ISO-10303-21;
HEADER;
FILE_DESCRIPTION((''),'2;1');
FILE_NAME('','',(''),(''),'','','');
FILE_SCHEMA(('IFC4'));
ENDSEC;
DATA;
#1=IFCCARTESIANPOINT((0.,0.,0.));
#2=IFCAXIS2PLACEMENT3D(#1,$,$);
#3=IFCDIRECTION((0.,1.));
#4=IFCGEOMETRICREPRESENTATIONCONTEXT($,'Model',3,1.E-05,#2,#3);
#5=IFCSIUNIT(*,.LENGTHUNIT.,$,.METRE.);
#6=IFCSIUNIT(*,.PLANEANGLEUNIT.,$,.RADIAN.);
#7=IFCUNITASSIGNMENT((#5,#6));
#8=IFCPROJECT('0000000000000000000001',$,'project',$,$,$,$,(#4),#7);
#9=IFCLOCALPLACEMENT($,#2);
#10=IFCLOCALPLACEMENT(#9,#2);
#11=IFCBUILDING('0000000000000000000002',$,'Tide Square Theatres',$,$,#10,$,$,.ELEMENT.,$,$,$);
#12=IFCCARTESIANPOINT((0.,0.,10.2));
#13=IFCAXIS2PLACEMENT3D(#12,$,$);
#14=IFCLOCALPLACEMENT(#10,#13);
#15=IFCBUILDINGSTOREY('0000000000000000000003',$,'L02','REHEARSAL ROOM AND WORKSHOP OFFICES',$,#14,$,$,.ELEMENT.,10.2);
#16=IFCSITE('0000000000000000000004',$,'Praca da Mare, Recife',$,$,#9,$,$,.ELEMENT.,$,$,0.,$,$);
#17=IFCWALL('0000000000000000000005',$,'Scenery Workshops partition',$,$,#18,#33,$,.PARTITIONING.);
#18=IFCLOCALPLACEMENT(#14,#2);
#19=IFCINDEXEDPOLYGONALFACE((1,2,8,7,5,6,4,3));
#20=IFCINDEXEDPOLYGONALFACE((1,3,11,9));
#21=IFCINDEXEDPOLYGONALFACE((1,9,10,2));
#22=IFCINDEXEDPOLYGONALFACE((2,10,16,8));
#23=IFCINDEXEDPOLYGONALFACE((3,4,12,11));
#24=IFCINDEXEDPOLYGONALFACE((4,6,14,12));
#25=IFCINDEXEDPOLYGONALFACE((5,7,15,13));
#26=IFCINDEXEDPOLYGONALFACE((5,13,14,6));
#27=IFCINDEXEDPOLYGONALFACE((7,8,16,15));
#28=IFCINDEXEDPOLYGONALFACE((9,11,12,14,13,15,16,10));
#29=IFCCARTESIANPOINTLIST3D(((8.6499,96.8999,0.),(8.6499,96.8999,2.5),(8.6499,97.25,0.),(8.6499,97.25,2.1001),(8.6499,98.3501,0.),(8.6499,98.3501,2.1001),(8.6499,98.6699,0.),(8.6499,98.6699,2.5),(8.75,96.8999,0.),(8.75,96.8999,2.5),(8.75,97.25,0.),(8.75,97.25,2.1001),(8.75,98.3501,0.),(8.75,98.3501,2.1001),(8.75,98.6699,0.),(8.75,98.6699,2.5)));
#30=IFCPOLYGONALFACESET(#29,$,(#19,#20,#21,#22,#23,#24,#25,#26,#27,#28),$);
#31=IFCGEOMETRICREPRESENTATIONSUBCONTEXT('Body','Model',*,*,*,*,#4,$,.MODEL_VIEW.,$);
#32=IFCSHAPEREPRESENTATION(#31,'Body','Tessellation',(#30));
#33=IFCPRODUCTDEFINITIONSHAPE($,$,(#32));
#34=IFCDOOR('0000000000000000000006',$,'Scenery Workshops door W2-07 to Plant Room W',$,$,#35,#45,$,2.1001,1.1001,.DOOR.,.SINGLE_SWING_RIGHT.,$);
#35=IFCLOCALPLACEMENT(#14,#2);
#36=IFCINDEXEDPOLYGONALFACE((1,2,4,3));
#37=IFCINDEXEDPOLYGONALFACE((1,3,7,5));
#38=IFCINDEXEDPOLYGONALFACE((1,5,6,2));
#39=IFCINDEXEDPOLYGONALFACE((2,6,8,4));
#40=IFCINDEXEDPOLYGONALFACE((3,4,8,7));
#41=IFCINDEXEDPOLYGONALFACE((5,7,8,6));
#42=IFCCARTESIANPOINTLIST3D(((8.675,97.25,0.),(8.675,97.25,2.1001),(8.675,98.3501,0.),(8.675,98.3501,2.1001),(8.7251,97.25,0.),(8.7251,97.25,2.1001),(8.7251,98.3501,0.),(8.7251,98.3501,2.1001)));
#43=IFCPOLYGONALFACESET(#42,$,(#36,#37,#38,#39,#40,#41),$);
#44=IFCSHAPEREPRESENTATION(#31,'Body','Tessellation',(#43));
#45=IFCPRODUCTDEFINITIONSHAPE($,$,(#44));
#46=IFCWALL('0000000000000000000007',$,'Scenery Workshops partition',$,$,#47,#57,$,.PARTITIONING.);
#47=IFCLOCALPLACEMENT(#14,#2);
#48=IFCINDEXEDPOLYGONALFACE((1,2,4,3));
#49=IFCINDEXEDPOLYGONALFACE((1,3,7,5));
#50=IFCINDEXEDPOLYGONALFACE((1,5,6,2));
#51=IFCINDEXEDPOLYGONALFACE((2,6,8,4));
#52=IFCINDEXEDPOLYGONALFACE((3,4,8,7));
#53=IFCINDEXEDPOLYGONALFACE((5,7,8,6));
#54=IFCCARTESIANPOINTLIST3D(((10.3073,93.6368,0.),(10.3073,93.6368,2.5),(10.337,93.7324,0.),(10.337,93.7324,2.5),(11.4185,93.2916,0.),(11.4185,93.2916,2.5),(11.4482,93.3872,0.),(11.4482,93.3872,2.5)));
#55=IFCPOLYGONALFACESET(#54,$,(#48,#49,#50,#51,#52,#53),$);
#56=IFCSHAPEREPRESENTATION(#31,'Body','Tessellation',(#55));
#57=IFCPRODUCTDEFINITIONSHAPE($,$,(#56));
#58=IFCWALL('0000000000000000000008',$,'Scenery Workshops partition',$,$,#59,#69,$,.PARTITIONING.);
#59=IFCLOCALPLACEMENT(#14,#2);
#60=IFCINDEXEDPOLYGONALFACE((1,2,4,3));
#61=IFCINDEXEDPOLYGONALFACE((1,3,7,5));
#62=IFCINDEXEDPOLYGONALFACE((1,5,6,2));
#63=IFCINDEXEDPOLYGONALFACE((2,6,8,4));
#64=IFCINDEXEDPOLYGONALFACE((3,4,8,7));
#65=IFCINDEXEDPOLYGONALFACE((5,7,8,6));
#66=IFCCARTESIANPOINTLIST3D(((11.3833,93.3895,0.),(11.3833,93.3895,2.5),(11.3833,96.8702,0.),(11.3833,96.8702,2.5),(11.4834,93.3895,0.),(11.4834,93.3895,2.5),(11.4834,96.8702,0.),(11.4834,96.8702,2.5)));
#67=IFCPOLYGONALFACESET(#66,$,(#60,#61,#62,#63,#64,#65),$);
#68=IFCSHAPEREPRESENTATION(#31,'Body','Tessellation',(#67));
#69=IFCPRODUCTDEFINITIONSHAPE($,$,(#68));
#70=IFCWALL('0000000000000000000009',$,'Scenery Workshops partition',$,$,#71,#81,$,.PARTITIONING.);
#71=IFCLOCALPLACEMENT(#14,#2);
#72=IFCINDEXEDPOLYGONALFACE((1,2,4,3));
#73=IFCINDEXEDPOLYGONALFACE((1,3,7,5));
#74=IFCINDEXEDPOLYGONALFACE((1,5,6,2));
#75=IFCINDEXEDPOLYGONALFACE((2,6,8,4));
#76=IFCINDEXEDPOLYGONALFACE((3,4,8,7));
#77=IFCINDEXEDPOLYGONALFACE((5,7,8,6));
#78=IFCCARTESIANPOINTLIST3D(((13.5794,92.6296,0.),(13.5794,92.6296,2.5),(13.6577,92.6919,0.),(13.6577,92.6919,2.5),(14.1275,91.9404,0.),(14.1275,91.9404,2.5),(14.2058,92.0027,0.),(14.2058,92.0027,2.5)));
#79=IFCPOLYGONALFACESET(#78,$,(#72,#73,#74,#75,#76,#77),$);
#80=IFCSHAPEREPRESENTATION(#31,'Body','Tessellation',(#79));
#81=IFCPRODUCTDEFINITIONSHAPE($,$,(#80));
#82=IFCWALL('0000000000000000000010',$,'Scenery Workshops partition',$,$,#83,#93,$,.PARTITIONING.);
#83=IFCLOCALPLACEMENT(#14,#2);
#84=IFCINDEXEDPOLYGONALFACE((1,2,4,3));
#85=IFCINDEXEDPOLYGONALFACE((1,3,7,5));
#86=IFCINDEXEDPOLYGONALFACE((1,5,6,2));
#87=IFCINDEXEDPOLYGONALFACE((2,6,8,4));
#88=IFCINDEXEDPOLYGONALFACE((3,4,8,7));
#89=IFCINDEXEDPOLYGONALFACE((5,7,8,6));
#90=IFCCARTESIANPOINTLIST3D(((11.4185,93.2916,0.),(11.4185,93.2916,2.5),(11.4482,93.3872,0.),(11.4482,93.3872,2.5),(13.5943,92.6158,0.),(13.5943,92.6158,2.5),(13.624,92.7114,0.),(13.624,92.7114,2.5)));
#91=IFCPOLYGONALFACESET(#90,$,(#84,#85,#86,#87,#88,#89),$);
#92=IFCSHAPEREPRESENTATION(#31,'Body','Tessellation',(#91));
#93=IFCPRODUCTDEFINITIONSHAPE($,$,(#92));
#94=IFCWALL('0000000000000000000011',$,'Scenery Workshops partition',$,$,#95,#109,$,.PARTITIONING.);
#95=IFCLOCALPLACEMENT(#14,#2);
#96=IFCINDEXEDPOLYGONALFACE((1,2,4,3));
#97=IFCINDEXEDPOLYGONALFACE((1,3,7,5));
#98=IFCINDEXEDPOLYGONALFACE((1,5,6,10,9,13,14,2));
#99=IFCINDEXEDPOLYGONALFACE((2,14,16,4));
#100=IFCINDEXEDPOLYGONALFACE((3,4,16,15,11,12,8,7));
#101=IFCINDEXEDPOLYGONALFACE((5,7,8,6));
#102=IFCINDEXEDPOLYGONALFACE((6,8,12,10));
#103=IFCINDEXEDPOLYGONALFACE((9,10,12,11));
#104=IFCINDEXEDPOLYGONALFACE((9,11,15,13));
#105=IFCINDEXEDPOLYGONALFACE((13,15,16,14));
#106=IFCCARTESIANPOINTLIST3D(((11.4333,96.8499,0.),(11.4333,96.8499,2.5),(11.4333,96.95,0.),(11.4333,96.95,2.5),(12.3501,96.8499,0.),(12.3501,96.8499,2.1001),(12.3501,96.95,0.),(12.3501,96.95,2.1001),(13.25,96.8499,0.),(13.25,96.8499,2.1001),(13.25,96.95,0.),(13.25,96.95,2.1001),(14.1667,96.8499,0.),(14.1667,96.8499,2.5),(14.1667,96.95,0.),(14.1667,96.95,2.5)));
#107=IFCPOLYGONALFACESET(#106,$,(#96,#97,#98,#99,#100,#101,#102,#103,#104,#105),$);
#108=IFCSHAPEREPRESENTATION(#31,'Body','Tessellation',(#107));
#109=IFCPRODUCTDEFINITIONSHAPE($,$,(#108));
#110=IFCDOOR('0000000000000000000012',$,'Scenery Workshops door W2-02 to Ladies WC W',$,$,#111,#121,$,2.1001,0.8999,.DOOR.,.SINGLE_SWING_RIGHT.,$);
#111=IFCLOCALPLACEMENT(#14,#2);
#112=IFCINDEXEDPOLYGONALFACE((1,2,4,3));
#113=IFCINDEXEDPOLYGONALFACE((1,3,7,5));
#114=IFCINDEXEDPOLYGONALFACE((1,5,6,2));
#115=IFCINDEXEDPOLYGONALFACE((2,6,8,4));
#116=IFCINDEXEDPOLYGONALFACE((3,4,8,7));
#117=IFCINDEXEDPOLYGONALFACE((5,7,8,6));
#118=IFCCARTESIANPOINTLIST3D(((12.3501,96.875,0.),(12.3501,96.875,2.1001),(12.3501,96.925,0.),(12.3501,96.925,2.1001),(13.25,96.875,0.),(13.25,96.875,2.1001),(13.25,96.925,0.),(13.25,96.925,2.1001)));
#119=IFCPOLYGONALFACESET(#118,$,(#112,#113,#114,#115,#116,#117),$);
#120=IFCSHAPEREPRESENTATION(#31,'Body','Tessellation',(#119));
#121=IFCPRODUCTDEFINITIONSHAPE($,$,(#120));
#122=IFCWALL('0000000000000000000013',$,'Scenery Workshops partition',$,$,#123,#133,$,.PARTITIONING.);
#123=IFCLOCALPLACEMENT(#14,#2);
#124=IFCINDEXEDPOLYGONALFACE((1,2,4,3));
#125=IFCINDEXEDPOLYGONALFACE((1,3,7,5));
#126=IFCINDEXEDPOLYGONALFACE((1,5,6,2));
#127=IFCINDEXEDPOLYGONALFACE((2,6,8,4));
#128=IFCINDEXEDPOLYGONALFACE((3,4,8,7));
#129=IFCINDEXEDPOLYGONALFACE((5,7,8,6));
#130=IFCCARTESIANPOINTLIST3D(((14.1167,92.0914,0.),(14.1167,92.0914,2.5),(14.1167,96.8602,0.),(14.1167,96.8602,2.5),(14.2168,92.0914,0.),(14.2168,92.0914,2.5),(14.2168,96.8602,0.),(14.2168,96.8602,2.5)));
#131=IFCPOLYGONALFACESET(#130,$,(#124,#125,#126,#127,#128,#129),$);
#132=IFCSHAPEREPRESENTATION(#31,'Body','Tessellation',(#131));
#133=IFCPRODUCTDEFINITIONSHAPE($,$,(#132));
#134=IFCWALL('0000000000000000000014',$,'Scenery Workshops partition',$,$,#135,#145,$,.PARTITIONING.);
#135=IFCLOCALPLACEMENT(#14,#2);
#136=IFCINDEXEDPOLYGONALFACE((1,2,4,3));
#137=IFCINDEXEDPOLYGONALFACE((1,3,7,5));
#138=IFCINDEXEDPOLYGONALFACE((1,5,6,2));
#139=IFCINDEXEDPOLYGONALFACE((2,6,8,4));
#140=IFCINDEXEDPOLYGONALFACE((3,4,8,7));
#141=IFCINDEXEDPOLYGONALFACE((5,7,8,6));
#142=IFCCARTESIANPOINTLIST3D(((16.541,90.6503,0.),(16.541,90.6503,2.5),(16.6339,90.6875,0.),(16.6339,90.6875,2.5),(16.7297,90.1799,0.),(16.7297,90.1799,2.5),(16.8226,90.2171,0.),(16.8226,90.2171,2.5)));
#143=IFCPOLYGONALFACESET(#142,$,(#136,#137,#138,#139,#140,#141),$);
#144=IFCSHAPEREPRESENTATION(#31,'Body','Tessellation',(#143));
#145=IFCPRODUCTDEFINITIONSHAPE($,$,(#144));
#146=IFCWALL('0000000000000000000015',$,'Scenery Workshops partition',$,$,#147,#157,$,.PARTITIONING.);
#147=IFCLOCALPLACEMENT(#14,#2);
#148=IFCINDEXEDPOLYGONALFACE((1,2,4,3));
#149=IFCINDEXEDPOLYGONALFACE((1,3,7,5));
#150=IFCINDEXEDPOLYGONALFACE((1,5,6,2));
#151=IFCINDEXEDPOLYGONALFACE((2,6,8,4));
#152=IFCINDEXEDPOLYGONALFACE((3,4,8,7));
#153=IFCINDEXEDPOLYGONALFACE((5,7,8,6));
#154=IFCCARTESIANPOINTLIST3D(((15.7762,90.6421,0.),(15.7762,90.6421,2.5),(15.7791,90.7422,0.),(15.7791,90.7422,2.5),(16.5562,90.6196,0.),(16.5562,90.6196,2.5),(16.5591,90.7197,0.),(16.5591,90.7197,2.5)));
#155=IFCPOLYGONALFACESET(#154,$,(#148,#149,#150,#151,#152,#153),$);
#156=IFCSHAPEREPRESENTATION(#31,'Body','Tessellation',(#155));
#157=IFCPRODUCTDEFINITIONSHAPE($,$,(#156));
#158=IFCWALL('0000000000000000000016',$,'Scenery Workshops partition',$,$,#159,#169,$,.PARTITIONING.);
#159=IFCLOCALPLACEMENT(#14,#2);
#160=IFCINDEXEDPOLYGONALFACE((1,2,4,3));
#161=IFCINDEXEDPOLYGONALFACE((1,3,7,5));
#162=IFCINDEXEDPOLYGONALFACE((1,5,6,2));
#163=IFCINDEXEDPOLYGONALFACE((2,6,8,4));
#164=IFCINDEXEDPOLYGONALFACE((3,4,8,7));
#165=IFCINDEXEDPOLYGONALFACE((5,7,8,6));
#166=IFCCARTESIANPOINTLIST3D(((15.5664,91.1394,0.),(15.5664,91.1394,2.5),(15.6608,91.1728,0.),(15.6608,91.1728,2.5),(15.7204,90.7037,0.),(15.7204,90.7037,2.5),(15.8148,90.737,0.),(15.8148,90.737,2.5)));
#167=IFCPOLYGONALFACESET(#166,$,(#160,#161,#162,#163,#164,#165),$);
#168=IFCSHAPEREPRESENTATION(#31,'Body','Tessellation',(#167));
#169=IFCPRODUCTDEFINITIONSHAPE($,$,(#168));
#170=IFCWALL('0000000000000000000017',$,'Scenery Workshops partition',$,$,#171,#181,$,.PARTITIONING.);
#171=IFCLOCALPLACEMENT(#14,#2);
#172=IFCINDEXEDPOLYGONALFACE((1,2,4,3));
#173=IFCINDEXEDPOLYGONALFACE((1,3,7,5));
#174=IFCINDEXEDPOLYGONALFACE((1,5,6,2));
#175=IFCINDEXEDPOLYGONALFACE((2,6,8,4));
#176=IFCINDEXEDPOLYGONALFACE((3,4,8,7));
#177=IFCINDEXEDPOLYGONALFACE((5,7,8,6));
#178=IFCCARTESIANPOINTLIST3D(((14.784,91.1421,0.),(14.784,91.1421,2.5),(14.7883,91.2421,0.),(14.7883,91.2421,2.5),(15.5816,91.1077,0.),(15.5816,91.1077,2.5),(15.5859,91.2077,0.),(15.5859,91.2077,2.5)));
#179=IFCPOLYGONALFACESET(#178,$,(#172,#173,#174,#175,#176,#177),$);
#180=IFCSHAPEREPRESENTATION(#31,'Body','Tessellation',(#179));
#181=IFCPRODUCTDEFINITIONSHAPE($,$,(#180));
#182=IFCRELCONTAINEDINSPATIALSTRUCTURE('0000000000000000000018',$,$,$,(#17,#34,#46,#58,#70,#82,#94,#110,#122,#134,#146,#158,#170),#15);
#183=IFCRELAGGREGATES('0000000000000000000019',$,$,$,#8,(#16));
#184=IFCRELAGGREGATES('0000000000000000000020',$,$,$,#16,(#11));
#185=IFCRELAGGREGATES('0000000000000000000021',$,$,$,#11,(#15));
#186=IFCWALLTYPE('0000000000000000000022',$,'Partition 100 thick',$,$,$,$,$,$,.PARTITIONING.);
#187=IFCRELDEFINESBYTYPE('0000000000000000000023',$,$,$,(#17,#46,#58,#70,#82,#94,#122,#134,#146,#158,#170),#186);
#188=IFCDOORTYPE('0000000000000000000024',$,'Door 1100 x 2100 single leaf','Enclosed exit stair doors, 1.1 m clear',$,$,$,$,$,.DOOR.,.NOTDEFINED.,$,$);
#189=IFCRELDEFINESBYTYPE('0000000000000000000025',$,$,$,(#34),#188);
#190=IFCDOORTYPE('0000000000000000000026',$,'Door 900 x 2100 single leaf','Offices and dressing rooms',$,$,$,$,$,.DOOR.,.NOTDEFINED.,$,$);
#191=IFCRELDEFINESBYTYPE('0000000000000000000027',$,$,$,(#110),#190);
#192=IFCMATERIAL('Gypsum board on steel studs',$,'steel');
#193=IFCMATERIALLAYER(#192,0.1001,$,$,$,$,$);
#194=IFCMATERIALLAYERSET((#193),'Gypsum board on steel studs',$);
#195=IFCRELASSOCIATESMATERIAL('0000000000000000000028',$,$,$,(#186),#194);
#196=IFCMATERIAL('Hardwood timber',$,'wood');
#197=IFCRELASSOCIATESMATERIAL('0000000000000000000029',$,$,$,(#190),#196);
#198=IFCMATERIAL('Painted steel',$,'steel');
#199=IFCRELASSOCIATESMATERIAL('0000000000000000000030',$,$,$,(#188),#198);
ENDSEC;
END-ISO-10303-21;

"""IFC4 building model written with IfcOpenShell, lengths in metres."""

from ifc_helpers import new_model, si_unit, direction, frame, frame_2d, origin, place, context, subcontext, project, spatial, rectangle, extrude, material, layer, layer_set, type_object, element, fill, save


model = new_model("IFC4")

# Units and contexts
model_context = context("Model", 3, precision=1e-05, world=origin(), true_north=direction((0.0, 1.0)))
body_context = subcontext(model_context, "Body", "Model", "MODEL_VIEW")
ifc_project = project(units=[si_unit("LENGTHUNIT", "METRE"), si_unit("PLANEANGLEUNIT", "RADIAN")], contexts=[model_context])

# Site, building, storey
site_placement = place(None, origin())
site = spatial("IfcSite", under=ifc_project, at=site_placement, Name="Praca da Mare, Recife", CompositionType="ELEMENT", RefElevation=0.0)
building_placement = place(site_placement, origin())
building = spatial("IfcBuilding", under=site, at=building_placement, Name="Tide Square Theatres", CompositionType="ELEMENT")
storey_placement = place(building_placement, frame((0.0, 0.0, 10.2)))
storey = spatial("IfcBuildingStorey", under=building, at=storey_placement, Name="L02", Description="REHEARSAL ROOM AND WORKSHOP OFFICES", CompositionType="ELEMENT", Elevation=10.2)

# Shared definitions
ifc_material_1 = material(Name="Gypsum board on steel studs", Category="steel")
ifc_layer_1 = layer(ifc_material_1, 0.1001)
ifc_layer_set_1 = layer_set([ifc_layer_1], Name="Gypsum board on steel studs")
wall_type_1 = type_object("IfcWallType", Name="Partition 100 thick", PredefinedType="PARTITIONING", material=ifc_layer_set_1)

# Wall, opening, door
ifc_material_2 = material(Name="Hardwood timber", Category="wood")
door_type_1 = type_object("IfcDoorType", Name="Door 900 x 2100 single leaf", Description="Offices and dressing rooms", OperationType="NOTDEFINED", PredefinedType="DOOR", material=ifc_material_2)
wall_1_placement = place(storey_placement, frame((8.7, 96.8999, 0.0), z_axis=(0.0, 0.0, 1.0), x_axis=(0.0, 1.0, 0.0)))
wall_1 = element("IfcWall", 1, at=wall_1_placement, inside=storey, type_object=wall_type_1, Name="Scenery Workshops partition", PredefinedType="PARTITIONING", context=body_context, shape_type="SweptSolid", body=[
    extrude(rectangle(XDim=1.77, YDim=0.1001, at=frame_2d((0.885, 0.0))), origin(), (0.0, 0.0, 1.0), 2.5),
])
opening_1_placement = place(wall_1_placement, frame((0.3501, 0.0, 0.0)))
opening_1 = element("IfcOpeningElement", 2, at=opening_1_placement, cuts=wall_1, PredefinedType="OPENING", context=body_context, shape_type="SweptSolid", body=[
    extrude(rectangle(XDim=1.1001, YDim=2.1001, at=frame_2d((0.55, 1.05))), frame((0.0, 0.0601, 0.0), z_axis=(0.0, -1.0, 0.0), x_axis=(1.0, 0.0, 0.0)), (0.0, 0.0, 1.0), 0.1201),
])
ifc_material_3 = material(Name="Painted steel", Category="steel")
door_type_2 = type_object("IfcDoorType", Name="Door 1100 x 2100 single leaf", Description="Enclosed exit stair doors, 1.1 m clear", OperationType="NOTDEFINED", PredefinedType="DOOR", material=ifc_material_3)
door_1_placement = place(opening_1_placement, origin())
door_1 = element("IfcDoor", 3, at=door_1_placement, inside=storey, type_object=door_type_2, Name="Scenery Workshops door W2-07 to Plant Room W", OperationType="SINGLE_SWING_RIGHT", OverallHeight=2.1001, OverallWidth=1.1001, PredefinedType="DOOR", context=body_context, shape_type="SweptSolid", body=[
    extrude(rectangle(XDim=1.1001, YDim=2.1001, at=frame_2d((0.55, 1.05))), frame((0.0, 0.0249, 0.0), z_axis=(0.0, -1.0, 0.0), x_axis=(1.0, 0.0, 0.0)), (0.0, 0.0, 1.0), 0.05),
])
fill(opening_1, door_1)

# Walls
wall_2_placement = place(storey_placement, frame((11.4333, 93.3394, 0.0), z_axis=(0.0, 0.0, 1.0), x_axis=(-0.954968, 0.296709, 0.0)))
element("IfcWall", 4, at=wall_2_placement, inside=storey, type_object=wall_type_1, Name="Scenery Workshops partition", PredefinedType="PARTITIONING", context=body_context, shape_type="SweptSolid", body=[
    extrude(rectangle(XDim=1.1636, YDim=0.1001, at=frame_2d((0.5818, 0.0))), origin(), (0.0, 0.0, 1.0), 2.5),
])
wall_3_placement = place(storey_placement, frame((11.4333, 96.8701, 0.0), z_axis=(0.0, 0.0, 1.0), x_axis=(0.0, -1.0, 0.0)))
element("IfcWall", 5, at=wall_3_placement, inside=storey, type_object=wall_type_1, Name="Scenery Workshops partition", PredefinedType="PARTITIONING", context=body_context, shape_type="SweptSolid", body=[
    extrude(rectangle(XDim=3.4807, YDim=0.1001, at=frame_2d((1.7402, 0.0))), origin(), (0.0, 0.0, 1.0), 2.5),
])
wall_4_placement = place(storey_placement, frame((14.1667, 91.9714, 0.0), z_axis=(0.0, 0.0, 1.0), x_axis=(-0.622427, 0.782678, 0.0)))
element("IfcWall", 6, at=wall_4_placement, inside=storey, type_object=wall_type_1, Name="Scenery Workshops partition", PredefinedType="PARTITIONING", context=body_context, shape_type="SweptSolid", body=[
    extrude(rectangle(XDim=0.8806, YDim=0.1001, at=frame_2d((0.4404, 0.0))), origin(), (0.0, 0.0, 1.0), 2.5),
])
wall_5_placement = place(storey_placement, frame((13.6091, 92.6636, 0.0), z_axis=(0.0, 0.0, 1.0), x_axis=(-0.954997, 0.296615, 0.0)))
element("IfcWall", 7, at=wall_5_placement, inside=storey, type_object=wall_type_1, Name="Scenery Workshops partition", PredefinedType="PARTITIONING", context=body_context, shape_type="SweptSolid", body=[
    extrude(rectangle(XDim=2.2783, YDim=0.1001, at=frame_2d((1.1392, 0.0))), origin(), (0.0, 0.0, 1.0), 2.5),
])

# Wall, opening, door
wall_6_placement = place(storey_placement, frame((14.1667, 96.8999, 0.0), z_axis=(0.0, 0.0, 1.0), x_axis=(-1.0, 0.0, 0.0)))
wall_6 = element("IfcWall", 8, at=wall_6_placement, inside=storey, type_object=wall_type_1, Name="Scenery Workshops partition", PredefinedType="PARTITIONING", context=body_context, shape_type="SweptSolid", body=[
    extrude(rectangle(XDim=2.7334, YDim=0.1001, at=frame_2d((1.3667, 0.0))), origin(), (0.0, 0.0, 1.0), 2.5),
])
opening_2_placement = place(wall_6_placement, frame((0.9167, 0.0, 0.0)))
opening_2 = element("IfcOpeningElement", 9, at=opening_2_placement, cuts=wall_6, PredefinedType="OPENING", context=body_context, shape_type="SweptSolid", body=[
    extrude(rectangle(XDim=0.8999, YDim=2.1001, at=frame_2d((0.45, 1.05))), frame((0.0, 0.0601, 0.0), z_axis=(0.0, -1.0, 0.0), x_axis=(1.0, 0.0, 0.0)), (0.0, 0.0, 1.0), 0.1201),
])
door_2_placement = place(opening_2_placement, origin())
door_2 = element("IfcDoor", 10, at=door_2_placement, inside=storey, type_object=door_type_1, Name="Scenery Workshops door W2-02 to Ladies WC W", OperationType="SINGLE_SWING_RIGHT", OverallHeight=2.1001, OverallWidth=0.8999, PredefinedType="DOOR", context=body_context, shape_type="SweptSolid", body=[
    extrude(rectangle(XDim=0.8999, YDim=2.1001, at=frame_2d((0.45, 1.05))), frame((0.0, 0.0249, 0.0), z_axis=(0.0, -1.0, 0.0), x_axis=(1.0, 0.0, 0.0)), (0.0, 0.0, 1.0), 0.05),
])
fill(opening_2, door_2)

# Walls
wall_7_placement = place(storey_placement, frame((14.1667, 96.8601, 0.0), z_axis=(0.0, 0.0, 1.0), x_axis=(0.0, -1.0, 0.0)))
element("IfcWall", 11, at=wall_7_placement, inside=storey, type_object=wall_type_1, Name="Scenery Workshops partition", PredefinedType="PARTITIONING", context=body_context, shape_type="SweptSolid", body=[
    extrude(rectangle(XDim=4.7688, YDim=0.1001, at=frame_2d((2.3843, 0.0))), origin(), (0.0, 0.0, 1.0), 2.5),
])
wall_8_placement = place(storey_placement, frame((16.7761, 90.1985, 0.0), z_axis=(0.0, 0.0, 1.0), x_axis=(-0.372304, 0.928111, 0.0)))
element("IfcWall", 12, at=wall_8_placement, inside=storey, type_object=wall_type_1, Name="Scenery Workshops partition", PredefinedType="PARTITIONING", context=body_context, shape_type="SweptSolid", body=[
    extrude(rectangle(XDim=0.5068, YDim=0.1001, at=frame_2d((0.2534, 0.0))), origin(), (0.0, 0.0, 1.0), 2.5),
])
wall_9_placement = place(storey_placement, frame((16.5576, 90.6697, 0.0), z_axis=(0.0, 0.0, 1.0), x_axis=(-0.999586, 0.028783, 0.0)))
element("IfcWall", 13, at=wall_9_placement, inside=storey, type_object=wall_type_1, Name="Scenery Workshops partition", PredefinedType="PARTITIONING", context=body_context, shape_type="SweptSolid", body=[
    extrude(rectangle(XDim=0.7803, YDim=0.1001, at=frame_2d((0.3901, 0.0))), origin(), (0.0, 0.0, 1.0), 2.5),
])
wall_10_placement = place(storey_placement, frame((15.7676, 90.7205, 0.0), z_axis=(0.0, 0.0, 1.0), x_axis=(-0.33329, 0.942824, 0.0)))
element("IfcWall", 14, at=wall_10_placement, inside=storey, type_object=wall_type_1, Name="Scenery Workshops partition", PredefinedType="PARTITIONING", context=body_context, shape_type="SweptSolid", body=[
    extrude(rectangle(XDim=0.4622, YDim=0.1001, at=frame_2d((0.231, 0.0))), origin(), (0.0, 0.0, 1.0), 2.5),
])
wall_11_placement = place(storey_placement, frame((15.5837, 91.1577, 0.0), z_axis=(0.0, 0.0, 1.0), x_axis=(-0.99907, 0.043119, 0.0)))
element("IfcWall", 15, at=wall_11_placement, inside=storey, type_object=wall_type_1, Name="Scenery Workshops partition", PredefinedType="PARTITIONING", context=body_context, shape_type="SweptSolid", body=[
    extrude(rectangle(XDim=0.7983, YDim=0.1001, at=frame_2d((0.3992, 0.0))), origin(), (0.0, 0.0, 1.0), 2.5),
])

save(model, "model.ifc")
